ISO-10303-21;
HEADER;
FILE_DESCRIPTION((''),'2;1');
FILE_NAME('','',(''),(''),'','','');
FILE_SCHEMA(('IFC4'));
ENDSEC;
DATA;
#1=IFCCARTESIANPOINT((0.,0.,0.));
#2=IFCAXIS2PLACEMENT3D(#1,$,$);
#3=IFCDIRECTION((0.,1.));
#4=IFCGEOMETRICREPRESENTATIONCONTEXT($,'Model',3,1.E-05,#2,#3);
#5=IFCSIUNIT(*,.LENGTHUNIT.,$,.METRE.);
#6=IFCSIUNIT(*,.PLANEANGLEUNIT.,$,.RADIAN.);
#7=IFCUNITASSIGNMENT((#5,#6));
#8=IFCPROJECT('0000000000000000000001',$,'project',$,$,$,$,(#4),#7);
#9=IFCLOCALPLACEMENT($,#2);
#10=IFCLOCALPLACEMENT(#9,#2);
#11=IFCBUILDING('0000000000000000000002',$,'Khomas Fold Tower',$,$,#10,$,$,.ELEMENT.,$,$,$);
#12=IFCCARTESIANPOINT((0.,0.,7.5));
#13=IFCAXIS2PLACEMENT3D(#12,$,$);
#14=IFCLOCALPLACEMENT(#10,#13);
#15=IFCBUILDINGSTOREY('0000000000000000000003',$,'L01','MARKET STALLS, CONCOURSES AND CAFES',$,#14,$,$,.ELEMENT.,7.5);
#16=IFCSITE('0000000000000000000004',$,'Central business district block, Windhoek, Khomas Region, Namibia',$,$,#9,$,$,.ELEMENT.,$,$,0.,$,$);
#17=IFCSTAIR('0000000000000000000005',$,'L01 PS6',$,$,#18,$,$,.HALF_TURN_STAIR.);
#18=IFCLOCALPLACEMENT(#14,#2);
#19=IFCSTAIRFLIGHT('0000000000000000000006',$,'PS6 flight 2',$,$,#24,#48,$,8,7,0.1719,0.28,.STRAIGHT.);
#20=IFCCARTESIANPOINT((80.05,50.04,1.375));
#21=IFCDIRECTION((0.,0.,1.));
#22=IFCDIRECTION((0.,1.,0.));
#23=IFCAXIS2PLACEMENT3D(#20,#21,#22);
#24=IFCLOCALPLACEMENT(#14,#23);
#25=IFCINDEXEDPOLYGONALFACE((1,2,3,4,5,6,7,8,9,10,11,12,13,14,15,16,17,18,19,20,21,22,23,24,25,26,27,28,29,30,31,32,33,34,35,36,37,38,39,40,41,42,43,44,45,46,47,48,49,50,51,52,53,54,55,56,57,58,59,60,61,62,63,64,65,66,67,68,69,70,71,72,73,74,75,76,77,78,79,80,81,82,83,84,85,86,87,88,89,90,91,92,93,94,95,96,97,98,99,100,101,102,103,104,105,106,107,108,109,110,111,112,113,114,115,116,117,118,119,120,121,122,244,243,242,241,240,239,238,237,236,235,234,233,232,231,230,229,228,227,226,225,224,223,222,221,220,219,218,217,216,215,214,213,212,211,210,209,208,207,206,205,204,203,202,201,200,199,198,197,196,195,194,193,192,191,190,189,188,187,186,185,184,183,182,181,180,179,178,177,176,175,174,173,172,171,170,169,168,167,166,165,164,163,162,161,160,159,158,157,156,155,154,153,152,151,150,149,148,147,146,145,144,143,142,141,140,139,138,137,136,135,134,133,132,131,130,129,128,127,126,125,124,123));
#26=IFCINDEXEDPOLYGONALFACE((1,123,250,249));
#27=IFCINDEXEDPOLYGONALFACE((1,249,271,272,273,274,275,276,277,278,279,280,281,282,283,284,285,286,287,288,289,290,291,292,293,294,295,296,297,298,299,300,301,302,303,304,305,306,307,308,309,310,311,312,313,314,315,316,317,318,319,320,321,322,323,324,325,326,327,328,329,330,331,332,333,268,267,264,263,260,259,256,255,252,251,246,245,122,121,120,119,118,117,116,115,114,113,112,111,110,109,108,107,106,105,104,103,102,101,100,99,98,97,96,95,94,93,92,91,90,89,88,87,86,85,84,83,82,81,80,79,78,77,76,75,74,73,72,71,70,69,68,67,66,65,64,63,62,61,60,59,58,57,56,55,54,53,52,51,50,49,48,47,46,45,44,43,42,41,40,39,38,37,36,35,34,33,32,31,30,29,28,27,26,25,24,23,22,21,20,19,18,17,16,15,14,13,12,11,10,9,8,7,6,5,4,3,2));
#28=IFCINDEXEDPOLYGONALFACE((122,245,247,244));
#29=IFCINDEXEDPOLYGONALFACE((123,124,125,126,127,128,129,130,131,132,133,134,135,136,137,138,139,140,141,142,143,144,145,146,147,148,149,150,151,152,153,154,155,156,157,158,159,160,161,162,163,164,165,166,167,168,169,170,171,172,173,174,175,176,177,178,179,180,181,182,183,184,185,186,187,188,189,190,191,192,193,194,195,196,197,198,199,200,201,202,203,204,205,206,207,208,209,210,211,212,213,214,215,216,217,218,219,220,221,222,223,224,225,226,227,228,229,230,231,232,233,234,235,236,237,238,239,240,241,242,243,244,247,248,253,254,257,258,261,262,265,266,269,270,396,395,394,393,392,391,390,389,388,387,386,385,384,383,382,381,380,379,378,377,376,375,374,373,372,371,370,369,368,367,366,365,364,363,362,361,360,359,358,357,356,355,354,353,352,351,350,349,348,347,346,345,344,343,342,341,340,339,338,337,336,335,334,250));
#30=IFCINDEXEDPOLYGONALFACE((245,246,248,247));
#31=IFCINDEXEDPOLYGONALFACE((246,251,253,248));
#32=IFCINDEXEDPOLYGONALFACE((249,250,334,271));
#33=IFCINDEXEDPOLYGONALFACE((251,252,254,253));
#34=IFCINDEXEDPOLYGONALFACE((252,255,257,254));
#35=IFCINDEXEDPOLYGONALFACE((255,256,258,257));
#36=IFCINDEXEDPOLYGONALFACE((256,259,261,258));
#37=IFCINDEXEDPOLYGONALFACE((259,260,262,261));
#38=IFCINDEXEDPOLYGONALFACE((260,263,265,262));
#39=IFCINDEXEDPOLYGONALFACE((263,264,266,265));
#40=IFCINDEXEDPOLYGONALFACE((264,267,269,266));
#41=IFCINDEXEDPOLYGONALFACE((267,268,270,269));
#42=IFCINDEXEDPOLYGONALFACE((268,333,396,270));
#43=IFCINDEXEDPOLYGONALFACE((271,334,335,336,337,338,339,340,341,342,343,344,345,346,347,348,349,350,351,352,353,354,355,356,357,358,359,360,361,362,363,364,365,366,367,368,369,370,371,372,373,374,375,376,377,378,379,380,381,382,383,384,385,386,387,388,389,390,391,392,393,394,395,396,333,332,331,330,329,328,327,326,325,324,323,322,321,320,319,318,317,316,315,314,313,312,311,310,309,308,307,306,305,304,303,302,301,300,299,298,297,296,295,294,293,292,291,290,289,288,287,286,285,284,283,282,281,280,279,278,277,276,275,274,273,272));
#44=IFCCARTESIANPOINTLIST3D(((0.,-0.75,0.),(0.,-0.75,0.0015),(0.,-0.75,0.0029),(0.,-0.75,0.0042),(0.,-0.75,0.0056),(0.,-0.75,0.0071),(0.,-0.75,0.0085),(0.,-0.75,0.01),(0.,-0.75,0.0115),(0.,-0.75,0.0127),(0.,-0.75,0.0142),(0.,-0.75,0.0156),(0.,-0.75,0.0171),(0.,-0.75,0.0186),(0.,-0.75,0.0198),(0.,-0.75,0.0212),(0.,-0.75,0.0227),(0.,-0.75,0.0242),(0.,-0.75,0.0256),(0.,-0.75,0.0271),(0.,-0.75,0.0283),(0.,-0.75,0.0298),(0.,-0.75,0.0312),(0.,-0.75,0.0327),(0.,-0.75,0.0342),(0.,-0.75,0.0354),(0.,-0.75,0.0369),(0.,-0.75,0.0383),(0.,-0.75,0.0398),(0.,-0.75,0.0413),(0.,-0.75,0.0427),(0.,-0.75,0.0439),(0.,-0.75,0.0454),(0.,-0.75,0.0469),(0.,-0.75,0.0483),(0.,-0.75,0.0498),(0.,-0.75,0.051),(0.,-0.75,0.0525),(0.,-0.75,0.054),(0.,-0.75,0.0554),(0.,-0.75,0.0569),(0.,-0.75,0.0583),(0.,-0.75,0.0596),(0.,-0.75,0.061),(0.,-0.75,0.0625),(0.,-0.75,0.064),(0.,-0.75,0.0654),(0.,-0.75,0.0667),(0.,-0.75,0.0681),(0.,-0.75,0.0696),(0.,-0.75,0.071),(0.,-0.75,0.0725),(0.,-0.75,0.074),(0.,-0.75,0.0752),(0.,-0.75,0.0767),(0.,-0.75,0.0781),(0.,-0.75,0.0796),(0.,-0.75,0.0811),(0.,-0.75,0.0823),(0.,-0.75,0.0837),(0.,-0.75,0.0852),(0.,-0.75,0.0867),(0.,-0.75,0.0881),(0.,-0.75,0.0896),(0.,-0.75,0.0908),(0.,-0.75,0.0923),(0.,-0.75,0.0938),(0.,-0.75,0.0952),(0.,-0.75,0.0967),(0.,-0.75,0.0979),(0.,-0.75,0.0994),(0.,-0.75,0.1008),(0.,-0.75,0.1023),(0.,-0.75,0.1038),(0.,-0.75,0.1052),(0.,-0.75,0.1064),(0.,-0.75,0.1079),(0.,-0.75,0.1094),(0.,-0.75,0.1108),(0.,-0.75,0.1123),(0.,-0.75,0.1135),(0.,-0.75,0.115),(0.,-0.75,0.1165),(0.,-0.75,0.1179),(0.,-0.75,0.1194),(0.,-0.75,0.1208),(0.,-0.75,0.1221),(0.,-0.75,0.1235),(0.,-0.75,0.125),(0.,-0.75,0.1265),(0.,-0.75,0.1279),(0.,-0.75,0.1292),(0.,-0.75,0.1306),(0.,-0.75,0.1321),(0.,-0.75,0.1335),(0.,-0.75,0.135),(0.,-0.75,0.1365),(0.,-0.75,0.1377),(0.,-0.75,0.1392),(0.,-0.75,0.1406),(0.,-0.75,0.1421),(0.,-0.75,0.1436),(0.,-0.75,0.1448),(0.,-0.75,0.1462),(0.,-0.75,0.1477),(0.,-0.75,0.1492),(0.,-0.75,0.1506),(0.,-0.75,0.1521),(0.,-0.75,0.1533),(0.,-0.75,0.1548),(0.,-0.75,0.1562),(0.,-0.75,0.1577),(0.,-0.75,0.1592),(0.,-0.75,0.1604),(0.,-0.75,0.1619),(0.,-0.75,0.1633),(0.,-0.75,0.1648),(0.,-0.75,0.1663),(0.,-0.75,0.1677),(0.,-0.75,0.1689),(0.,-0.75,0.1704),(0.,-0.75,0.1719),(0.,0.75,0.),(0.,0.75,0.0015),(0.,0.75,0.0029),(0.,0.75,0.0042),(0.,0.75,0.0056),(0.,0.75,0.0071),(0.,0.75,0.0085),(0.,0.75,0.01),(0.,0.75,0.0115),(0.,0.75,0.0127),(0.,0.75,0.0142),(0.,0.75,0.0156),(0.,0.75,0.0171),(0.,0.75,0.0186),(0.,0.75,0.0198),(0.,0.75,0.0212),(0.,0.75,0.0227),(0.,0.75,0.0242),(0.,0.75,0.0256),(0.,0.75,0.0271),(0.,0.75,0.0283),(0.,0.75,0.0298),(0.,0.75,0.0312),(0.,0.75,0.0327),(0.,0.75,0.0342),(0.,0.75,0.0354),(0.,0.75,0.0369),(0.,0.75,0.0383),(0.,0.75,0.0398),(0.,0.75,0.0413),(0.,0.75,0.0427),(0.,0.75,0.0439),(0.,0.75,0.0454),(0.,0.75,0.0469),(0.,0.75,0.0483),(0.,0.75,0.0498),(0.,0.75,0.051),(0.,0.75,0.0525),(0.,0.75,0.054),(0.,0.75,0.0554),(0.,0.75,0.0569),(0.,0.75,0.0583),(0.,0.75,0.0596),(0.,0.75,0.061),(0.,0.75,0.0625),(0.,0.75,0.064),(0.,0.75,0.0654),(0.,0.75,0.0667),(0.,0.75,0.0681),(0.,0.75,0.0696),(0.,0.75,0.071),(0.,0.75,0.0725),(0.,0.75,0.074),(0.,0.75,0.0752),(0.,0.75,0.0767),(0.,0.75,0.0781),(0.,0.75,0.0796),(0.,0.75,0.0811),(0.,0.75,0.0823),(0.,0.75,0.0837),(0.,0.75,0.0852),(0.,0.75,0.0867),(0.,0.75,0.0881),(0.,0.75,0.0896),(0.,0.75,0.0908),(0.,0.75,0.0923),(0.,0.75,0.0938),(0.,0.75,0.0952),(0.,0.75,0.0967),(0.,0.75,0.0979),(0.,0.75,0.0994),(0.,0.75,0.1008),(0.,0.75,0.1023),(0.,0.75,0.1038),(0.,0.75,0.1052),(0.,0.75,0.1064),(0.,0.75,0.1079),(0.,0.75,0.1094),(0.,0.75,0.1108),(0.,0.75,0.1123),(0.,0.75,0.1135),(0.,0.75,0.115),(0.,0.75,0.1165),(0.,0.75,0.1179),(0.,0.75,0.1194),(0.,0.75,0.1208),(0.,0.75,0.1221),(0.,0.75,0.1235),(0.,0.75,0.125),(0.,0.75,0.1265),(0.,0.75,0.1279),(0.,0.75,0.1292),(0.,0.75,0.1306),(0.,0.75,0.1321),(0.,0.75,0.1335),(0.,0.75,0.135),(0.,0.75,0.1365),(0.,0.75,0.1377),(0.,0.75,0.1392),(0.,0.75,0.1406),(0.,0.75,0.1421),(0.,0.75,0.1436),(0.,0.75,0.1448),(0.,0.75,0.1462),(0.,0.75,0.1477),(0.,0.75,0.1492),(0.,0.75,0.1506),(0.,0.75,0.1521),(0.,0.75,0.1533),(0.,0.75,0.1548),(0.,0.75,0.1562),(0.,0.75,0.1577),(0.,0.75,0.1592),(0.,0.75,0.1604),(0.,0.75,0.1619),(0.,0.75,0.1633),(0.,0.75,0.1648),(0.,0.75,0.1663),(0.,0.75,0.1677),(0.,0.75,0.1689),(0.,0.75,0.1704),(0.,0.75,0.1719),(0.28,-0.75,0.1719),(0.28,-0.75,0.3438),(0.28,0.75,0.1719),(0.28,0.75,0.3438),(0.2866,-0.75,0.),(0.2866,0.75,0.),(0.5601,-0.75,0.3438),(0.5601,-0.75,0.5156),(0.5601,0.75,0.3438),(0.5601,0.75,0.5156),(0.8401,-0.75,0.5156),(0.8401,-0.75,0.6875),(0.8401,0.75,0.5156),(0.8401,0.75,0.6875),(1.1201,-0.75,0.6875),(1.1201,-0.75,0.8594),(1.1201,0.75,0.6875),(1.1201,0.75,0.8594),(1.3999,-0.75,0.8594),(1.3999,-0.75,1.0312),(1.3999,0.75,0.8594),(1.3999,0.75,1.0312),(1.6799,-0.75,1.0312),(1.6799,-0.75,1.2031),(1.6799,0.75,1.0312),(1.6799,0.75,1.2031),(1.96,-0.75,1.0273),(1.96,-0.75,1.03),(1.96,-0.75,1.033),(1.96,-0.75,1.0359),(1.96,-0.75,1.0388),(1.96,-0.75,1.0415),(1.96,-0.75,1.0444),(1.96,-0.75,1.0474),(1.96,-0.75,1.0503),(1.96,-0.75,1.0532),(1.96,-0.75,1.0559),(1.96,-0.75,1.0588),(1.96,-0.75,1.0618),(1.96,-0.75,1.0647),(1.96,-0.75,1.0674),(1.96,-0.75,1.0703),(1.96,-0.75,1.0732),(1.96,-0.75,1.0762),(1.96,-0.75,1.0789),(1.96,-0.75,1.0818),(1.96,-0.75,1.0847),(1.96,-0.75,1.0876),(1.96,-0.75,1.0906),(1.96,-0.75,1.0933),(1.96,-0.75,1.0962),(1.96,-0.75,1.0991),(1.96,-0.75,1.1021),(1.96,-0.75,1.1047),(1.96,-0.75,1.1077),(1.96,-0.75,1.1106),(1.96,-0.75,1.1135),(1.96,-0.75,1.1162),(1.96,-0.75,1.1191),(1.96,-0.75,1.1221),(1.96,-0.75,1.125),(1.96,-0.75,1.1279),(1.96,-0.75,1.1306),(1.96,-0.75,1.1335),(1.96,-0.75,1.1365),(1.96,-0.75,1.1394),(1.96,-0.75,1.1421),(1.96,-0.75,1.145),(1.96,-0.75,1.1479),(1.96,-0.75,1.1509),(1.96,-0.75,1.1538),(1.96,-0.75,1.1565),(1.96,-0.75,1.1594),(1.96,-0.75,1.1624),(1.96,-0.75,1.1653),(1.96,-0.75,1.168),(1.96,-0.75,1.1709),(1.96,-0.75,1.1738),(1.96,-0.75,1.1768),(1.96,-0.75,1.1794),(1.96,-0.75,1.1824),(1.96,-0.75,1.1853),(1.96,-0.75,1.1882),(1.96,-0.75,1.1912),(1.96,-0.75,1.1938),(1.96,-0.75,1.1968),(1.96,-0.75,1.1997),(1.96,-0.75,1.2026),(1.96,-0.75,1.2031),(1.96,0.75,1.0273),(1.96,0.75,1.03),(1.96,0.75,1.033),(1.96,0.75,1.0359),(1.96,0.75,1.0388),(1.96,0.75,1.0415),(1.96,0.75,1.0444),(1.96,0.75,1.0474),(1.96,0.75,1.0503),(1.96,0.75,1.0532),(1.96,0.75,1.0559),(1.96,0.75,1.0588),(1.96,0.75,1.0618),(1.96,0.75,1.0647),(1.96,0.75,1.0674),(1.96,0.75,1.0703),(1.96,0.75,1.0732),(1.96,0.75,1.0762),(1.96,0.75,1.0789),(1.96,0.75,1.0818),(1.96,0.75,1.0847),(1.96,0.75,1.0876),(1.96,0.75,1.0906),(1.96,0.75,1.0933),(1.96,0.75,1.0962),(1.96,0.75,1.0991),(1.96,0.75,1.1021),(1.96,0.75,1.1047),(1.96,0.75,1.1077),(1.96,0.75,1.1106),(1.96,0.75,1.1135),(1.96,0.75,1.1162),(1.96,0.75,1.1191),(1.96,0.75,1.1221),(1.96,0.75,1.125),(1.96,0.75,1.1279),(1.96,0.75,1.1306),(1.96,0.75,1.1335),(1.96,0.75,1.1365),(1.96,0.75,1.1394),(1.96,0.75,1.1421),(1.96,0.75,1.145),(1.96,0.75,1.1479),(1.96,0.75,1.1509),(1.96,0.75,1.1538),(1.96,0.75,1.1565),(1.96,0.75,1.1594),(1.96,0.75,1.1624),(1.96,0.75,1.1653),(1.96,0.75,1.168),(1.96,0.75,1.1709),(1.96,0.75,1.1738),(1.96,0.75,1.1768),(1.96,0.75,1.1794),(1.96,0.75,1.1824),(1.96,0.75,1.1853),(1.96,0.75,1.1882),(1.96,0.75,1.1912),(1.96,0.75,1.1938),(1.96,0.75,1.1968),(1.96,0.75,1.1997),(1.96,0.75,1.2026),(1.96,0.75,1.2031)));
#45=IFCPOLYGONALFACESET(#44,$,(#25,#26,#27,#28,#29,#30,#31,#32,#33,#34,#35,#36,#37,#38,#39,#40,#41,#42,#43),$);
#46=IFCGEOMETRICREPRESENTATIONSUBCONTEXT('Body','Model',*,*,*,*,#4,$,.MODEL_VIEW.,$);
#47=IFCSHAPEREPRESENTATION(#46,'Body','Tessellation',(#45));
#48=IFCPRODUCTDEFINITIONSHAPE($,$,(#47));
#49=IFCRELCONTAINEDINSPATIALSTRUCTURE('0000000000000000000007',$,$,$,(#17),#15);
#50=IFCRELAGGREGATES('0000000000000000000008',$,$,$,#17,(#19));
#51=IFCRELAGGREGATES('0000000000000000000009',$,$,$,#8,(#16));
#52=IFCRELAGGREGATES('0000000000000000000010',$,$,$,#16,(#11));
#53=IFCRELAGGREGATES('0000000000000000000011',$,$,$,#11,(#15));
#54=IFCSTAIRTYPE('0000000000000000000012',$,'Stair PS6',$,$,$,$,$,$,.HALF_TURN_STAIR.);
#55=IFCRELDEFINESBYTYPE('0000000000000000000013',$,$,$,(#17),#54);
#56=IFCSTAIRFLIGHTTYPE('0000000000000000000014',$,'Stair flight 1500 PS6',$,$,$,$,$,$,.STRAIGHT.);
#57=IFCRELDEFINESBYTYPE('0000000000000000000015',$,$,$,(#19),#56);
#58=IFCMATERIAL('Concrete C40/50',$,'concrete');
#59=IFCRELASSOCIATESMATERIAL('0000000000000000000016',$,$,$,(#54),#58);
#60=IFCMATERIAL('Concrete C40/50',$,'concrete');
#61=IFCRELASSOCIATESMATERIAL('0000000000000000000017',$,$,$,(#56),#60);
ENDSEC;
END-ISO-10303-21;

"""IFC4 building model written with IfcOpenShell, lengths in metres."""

from ifc_helpers import new_model, si_unit, direction, frame, origin, place, context, subcontext, project, spatial, polyline, outline, extrude, source, transform, mapped, material, type_object, element, aggregate, save


model = new_model("IFC4")

# Units and contexts
model_context = context("Model", 3, precision=1e-05, world=origin(), true_north=direction((0.0, 1.0)))
body_context = subcontext(model_context, "Body", "Model", "MODEL_VIEW")
ifc_project = project(units=[si_unit("LENGTHUNIT", "METRE"), si_unit("PLANEANGLEUNIT", "RADIAN")], contexts=[model_context])

# Site, building, storey
site_placement = place(None, origin())
site = spatial("IfcSite", under=ifc_project, at=site_placement, Name="Central business district block, Windhoek, Khomas Region, Namibia", CompositionType="ELEMENT", RefElevation=0.0)
building_placement = place(site_placement, origin())
building = spatial("IfcBuilding", under=site, at=building_placement, Name="Khomas Fold Tower", CompositionType="ELEMENT")
storey_placement = place(building_placement, frame((0.0, 0.0, 7.5)))
storey = spatial("IfcBuildingStorey", under=building, at=storey_placement, Name="L01", Description="MARKET STALLS, CONCOURSES AND CAFES", CompositionType="ELEMENT", Elevation=7.5)

# Stair, stair flight
shared_shape_1 = source(origin(), body_context, "Body", "SweptSolid", [
    extrude(outline(polyline([(0.0, 0.0), (0.0, 0.0015), (0.0, 0.0029), (0.0, 0.0042), (0.0, 0.0056), (0.0, 0.0071), (0.0, 0.0085), (0.0, 0.01), (0.0, 0.0115), (0.0, 0.0127), (0.0, 0.0142), (0.0, 0.0156), (0.0, 0.0171), (0.0, 0.0186), (0.0, 0.0198), (0.0, 0.0212), (0.0, 0.0227), (0.0, 0.0242), (0.0, 0.0256), (0.0, 0.0271), (0.0, 0.0283), (0.0, 0.0298), (0.0, 0.0312), (0.0, 0.0327), (0.0, 0.0342), (0.0, 0.0354), (0.0, 0.0369), (0.0, 0.0383), (0.0, 0.0398), (0.0, 0.0413), (0.0, 0.0427), (0.0, 0.0439), (0.0, 0.0454), (0.0, 0.0469), (0.0, 0.0483), (0.0, 0.0498), (0.0, 0.051), (0.0, 0.0525), (0.0, 0.054), (0.0, 0.0554), (0.0, 0.0569), (0.0, 0.0583), (0.0, 0.0596), (0.0, 0.061), (0.0, 0.0625), (0.0, 0.064), (0.0, 0.0654), (0.0, 0.0667), (0.0, 0.0681), (0.0, 0.0696), (0.0, 0.071), (0.0, 0.0725), (0.0, 0.074), (0.0, 0.0752), (0.0, 0.0767), (0.0, 0.0781), (0.0, 0.0796), (0.0, 0.0811), (0.0, 0.0823), (0.0, 0.0837), (0.0, 0.0852), (0.0, 0.0867), (0.0, 0.0881), (0.0, 0.0896), (0.0, 0.0908), (0.0, 0.0923), (0.0, 0.0938), (0.0, 0.0952), (0.0, 0.0967), (0.0, 0.0979), (0.0, 0.0994), (0.0, 0.1008), (0.0, 0.1023), (0.0, 0.1038), (0.0, 0.1052), (0.0, 0.1064), (0.0, 0.1079), (0.0, 0.1094), (0.0, 0.1108), (0.0, 0.1123), (0.0, 0.1135), (0.0, 0.115), (0.0, 0.1165), (0.0, 0.1179), (0.0, 0.1194), (0.0, 0.1208), (0.0, 0.1221), (0.0, 0.1235), (0.0, 0.125), (0.0, 0.1265), (0.0, 0.1279), (0.0, 0.1292), (0.0, 0.1306), (0.0, 0.1321), (0.0, 0.1335), (0.0, 0.135), (0.0, 0.1365), (0.0, 0.1377), (0.0, 0.1392), (0.0, 0.1406), (0.0, 0.1421), (0.0, 0.1436), (0.0, 0.1448), (0.0, 0.1462), (0.0, 0.1477), (0.0, 0.1492), (0.0, 0.1506), (0.0, 0.1521), (0.0, 0.1533), (0.0, 0.1548), (0.0, 0.1562), (0.0, 0.1577), (0.0, 0.1592), (0.0, 0.1604), (0.0, 0.1619), (0.0, 0.1633), (0.0, 0.1648), (0.0, 0.1663), (0.0, 0.1677), (0.0, 0.1689), (0.0, 0.1704), (0.0, 0.1719), (0.28, 0.1719), (0.28, 0.3438), (0.5601, 0.3438), (0.5601, 0.5156), (0.8401, 0.5156), (0.8401, 0.6875), (1.1201, 0.6875), (1.1201, 0.8594), (1.3999, 0.8594), (1.3999, 1.0312), (1.6799, 1.0312), (1.6799, 1.2031), (1.96, 1.2031), (1.96, 1.375), (1.96, 1.3721), (1.96, 1.3691), (1.96, 1.3665), (1.96, 1.3635), (1.96, 1.3606), (1.96, 1.3577), (1.96, 1.355), (1.96, 1.3521), (1.96, 1.3491), (1.96, 1.3462), (1.96, 1.3435), (1.96, 1.3406), (1.96, 1.3376), (1.96, 1.3347), (1.96, 1.3318), (1.96, 1.3291), (1.96, 1.3262), (1.96, 1.3232), (1.96, 1.3203), (1.96, 1.3176), (1.96, 1.3147), (1.96, 1.3118), (1.96, 1.3088), (1.96, 1.3059), (1.96, 1.3032), (1.96, 1.3003), (1.96, 1.2974), (1.96, 1.2944), (1.96, 1.2917), (1.96, 1.2888), (1.96, 1.2859), (1.96, 1.283), (1.96, 1.2803), (1.96, 1.2773), (1.96, 1.2744), (1.96, 1.2715), (1.96, 1.2686), (1.96, 1.2659), (1.96, 1.2629), (1.96, 1.26), (1.96, 1.2571), (1.96, 1.2544), (1.96, 1.2515), (1.96, 1.2485), (1.96, 1.2456), (1.96, 1.2427), (1.96, 1.24), (1.96, 1.2371), (1.96, 1.2341), (1.96, 1.2312), (1.96, 1.2285), (1.96, 1.2256), (1.96, 1.2227), (1.96, 1.2197), (1.96, 1.217), (1.96, 1.2141), (1.96, 1.2112), (1.96, 1.2083), (1.96, 1.2053), (1.96, 1.2026), (1.96, 1.1997), (1.96, 1.1968), (1.96, 1.1938), (1.96, 1.1912), (1.96, 1.1882), (1.96, 1.1853), (1.96, 1.1824), (1.96, 1.1794), (1.96, 1.1768), (1.96, 1.1738), (1.96, 1.1709), (1.96, 1.168), (1.96, 1.1653), (1.96, 1.1624), (1.96, 1.1594), (1.96, 1.1565), (1.96, 1.1538), (1.96, 1.1509), (1.96, 1.1479), (1.96, 1.145), (1.96, 1.1421), (1.96, 1.1394), (1.96, 1.1365), (1.96, 1.1335), (1.96, 1.1306), (1.96, 1.1279), (1.96, 1.125), (1.96, 1.1221), (1.96, 1.1191), (1.96, 1.1162), (1.96, 1.1135), (1.96, 1.1106), (1.96, 1.1077), (1.96, 1.1047), (1.96, 1.1021), (1.96, 1.0991), (1.96, 1.0962), (1.96, 1.0933), (1.96, 1.0906), (1.96, 1.0876), (1.96, 1.0847), (1.96, 1.0818), (1.96, 1.0789), (1.96, 1.0762), (1.96, 1.0732), (1.96, 1.0703), (1.96, 1.0674), (1.96, 1.0647), (1.96, 1.0618), (1.96, 1.0588), (1.96, 1.0559), (1.96, 1.0532), (1.96, 1.0503), (1.96, 1.0474), (1.96, 1.0444), (1.96, 1.0415), (1.96, 1.0388), (1.96, 1.0359), (1.96, 1.033), (1.96, 1.03), (1.96, 1.0273), (0.2866, 0.0), (0.0, 0.0)])), frame((0.0, 0.75, 0.0), z_axis=(0.0, -1.0, 0.0), x_axis=(1.0, 0.0, 0.0)), (0.0, 0.0, 1.0), 1.5),
])
ifc_material_1 = material(Name="Concrete C40/50", Category="concrete")
stair_type_1 = type_object("IfcStairType", Name="Stair PS6", PredefinedType="HALF_TURN_STAIR", material=ifc_material_1)
stair_1_placement = place(storey_placement, origin())
stair_1 = element("IfcStair", 1, at=stair_1_placement, inside=storey, type_object=stair_type_1, Name="L01 PS6", PredefinedType="HALF_TURN_STAIR")
ifc_material_2 = material(Name="Concrete C40/50", Category="concrete")
stair_flight_type_1 = type_object("IfcStairFlightType", Name="Stair flight 1500 PS6", PredefinedType="STRAIGHT", material=ifc_material_2)
stair_flight_1_placement = place(storey_placement, frame((80.05, 50.04, 1.375), z_axis=(0.0, 0.0, 1.0), x_axis=(0.0, 1.0, 0.0)))
stair_flight_1 = element("IfcStairFlight", 2, at=stair_flight_1_placement, type_object=stair_flight_type_1, Name="PS6 flight 2", NumberOfRisers=8, NumberOfTreads=7, PredefinedType="STRAIGHT", RiserHeight=0.1719, TreadLength=0.28, context=body_context, shape_type="MappedRepresentation", body=[
    mapped(shared_shape_1, transform((0.0, 0.0, 0.0))),
])
aggregate(stair_1, [stair_flight_1])

save(model, "model.ifc")
